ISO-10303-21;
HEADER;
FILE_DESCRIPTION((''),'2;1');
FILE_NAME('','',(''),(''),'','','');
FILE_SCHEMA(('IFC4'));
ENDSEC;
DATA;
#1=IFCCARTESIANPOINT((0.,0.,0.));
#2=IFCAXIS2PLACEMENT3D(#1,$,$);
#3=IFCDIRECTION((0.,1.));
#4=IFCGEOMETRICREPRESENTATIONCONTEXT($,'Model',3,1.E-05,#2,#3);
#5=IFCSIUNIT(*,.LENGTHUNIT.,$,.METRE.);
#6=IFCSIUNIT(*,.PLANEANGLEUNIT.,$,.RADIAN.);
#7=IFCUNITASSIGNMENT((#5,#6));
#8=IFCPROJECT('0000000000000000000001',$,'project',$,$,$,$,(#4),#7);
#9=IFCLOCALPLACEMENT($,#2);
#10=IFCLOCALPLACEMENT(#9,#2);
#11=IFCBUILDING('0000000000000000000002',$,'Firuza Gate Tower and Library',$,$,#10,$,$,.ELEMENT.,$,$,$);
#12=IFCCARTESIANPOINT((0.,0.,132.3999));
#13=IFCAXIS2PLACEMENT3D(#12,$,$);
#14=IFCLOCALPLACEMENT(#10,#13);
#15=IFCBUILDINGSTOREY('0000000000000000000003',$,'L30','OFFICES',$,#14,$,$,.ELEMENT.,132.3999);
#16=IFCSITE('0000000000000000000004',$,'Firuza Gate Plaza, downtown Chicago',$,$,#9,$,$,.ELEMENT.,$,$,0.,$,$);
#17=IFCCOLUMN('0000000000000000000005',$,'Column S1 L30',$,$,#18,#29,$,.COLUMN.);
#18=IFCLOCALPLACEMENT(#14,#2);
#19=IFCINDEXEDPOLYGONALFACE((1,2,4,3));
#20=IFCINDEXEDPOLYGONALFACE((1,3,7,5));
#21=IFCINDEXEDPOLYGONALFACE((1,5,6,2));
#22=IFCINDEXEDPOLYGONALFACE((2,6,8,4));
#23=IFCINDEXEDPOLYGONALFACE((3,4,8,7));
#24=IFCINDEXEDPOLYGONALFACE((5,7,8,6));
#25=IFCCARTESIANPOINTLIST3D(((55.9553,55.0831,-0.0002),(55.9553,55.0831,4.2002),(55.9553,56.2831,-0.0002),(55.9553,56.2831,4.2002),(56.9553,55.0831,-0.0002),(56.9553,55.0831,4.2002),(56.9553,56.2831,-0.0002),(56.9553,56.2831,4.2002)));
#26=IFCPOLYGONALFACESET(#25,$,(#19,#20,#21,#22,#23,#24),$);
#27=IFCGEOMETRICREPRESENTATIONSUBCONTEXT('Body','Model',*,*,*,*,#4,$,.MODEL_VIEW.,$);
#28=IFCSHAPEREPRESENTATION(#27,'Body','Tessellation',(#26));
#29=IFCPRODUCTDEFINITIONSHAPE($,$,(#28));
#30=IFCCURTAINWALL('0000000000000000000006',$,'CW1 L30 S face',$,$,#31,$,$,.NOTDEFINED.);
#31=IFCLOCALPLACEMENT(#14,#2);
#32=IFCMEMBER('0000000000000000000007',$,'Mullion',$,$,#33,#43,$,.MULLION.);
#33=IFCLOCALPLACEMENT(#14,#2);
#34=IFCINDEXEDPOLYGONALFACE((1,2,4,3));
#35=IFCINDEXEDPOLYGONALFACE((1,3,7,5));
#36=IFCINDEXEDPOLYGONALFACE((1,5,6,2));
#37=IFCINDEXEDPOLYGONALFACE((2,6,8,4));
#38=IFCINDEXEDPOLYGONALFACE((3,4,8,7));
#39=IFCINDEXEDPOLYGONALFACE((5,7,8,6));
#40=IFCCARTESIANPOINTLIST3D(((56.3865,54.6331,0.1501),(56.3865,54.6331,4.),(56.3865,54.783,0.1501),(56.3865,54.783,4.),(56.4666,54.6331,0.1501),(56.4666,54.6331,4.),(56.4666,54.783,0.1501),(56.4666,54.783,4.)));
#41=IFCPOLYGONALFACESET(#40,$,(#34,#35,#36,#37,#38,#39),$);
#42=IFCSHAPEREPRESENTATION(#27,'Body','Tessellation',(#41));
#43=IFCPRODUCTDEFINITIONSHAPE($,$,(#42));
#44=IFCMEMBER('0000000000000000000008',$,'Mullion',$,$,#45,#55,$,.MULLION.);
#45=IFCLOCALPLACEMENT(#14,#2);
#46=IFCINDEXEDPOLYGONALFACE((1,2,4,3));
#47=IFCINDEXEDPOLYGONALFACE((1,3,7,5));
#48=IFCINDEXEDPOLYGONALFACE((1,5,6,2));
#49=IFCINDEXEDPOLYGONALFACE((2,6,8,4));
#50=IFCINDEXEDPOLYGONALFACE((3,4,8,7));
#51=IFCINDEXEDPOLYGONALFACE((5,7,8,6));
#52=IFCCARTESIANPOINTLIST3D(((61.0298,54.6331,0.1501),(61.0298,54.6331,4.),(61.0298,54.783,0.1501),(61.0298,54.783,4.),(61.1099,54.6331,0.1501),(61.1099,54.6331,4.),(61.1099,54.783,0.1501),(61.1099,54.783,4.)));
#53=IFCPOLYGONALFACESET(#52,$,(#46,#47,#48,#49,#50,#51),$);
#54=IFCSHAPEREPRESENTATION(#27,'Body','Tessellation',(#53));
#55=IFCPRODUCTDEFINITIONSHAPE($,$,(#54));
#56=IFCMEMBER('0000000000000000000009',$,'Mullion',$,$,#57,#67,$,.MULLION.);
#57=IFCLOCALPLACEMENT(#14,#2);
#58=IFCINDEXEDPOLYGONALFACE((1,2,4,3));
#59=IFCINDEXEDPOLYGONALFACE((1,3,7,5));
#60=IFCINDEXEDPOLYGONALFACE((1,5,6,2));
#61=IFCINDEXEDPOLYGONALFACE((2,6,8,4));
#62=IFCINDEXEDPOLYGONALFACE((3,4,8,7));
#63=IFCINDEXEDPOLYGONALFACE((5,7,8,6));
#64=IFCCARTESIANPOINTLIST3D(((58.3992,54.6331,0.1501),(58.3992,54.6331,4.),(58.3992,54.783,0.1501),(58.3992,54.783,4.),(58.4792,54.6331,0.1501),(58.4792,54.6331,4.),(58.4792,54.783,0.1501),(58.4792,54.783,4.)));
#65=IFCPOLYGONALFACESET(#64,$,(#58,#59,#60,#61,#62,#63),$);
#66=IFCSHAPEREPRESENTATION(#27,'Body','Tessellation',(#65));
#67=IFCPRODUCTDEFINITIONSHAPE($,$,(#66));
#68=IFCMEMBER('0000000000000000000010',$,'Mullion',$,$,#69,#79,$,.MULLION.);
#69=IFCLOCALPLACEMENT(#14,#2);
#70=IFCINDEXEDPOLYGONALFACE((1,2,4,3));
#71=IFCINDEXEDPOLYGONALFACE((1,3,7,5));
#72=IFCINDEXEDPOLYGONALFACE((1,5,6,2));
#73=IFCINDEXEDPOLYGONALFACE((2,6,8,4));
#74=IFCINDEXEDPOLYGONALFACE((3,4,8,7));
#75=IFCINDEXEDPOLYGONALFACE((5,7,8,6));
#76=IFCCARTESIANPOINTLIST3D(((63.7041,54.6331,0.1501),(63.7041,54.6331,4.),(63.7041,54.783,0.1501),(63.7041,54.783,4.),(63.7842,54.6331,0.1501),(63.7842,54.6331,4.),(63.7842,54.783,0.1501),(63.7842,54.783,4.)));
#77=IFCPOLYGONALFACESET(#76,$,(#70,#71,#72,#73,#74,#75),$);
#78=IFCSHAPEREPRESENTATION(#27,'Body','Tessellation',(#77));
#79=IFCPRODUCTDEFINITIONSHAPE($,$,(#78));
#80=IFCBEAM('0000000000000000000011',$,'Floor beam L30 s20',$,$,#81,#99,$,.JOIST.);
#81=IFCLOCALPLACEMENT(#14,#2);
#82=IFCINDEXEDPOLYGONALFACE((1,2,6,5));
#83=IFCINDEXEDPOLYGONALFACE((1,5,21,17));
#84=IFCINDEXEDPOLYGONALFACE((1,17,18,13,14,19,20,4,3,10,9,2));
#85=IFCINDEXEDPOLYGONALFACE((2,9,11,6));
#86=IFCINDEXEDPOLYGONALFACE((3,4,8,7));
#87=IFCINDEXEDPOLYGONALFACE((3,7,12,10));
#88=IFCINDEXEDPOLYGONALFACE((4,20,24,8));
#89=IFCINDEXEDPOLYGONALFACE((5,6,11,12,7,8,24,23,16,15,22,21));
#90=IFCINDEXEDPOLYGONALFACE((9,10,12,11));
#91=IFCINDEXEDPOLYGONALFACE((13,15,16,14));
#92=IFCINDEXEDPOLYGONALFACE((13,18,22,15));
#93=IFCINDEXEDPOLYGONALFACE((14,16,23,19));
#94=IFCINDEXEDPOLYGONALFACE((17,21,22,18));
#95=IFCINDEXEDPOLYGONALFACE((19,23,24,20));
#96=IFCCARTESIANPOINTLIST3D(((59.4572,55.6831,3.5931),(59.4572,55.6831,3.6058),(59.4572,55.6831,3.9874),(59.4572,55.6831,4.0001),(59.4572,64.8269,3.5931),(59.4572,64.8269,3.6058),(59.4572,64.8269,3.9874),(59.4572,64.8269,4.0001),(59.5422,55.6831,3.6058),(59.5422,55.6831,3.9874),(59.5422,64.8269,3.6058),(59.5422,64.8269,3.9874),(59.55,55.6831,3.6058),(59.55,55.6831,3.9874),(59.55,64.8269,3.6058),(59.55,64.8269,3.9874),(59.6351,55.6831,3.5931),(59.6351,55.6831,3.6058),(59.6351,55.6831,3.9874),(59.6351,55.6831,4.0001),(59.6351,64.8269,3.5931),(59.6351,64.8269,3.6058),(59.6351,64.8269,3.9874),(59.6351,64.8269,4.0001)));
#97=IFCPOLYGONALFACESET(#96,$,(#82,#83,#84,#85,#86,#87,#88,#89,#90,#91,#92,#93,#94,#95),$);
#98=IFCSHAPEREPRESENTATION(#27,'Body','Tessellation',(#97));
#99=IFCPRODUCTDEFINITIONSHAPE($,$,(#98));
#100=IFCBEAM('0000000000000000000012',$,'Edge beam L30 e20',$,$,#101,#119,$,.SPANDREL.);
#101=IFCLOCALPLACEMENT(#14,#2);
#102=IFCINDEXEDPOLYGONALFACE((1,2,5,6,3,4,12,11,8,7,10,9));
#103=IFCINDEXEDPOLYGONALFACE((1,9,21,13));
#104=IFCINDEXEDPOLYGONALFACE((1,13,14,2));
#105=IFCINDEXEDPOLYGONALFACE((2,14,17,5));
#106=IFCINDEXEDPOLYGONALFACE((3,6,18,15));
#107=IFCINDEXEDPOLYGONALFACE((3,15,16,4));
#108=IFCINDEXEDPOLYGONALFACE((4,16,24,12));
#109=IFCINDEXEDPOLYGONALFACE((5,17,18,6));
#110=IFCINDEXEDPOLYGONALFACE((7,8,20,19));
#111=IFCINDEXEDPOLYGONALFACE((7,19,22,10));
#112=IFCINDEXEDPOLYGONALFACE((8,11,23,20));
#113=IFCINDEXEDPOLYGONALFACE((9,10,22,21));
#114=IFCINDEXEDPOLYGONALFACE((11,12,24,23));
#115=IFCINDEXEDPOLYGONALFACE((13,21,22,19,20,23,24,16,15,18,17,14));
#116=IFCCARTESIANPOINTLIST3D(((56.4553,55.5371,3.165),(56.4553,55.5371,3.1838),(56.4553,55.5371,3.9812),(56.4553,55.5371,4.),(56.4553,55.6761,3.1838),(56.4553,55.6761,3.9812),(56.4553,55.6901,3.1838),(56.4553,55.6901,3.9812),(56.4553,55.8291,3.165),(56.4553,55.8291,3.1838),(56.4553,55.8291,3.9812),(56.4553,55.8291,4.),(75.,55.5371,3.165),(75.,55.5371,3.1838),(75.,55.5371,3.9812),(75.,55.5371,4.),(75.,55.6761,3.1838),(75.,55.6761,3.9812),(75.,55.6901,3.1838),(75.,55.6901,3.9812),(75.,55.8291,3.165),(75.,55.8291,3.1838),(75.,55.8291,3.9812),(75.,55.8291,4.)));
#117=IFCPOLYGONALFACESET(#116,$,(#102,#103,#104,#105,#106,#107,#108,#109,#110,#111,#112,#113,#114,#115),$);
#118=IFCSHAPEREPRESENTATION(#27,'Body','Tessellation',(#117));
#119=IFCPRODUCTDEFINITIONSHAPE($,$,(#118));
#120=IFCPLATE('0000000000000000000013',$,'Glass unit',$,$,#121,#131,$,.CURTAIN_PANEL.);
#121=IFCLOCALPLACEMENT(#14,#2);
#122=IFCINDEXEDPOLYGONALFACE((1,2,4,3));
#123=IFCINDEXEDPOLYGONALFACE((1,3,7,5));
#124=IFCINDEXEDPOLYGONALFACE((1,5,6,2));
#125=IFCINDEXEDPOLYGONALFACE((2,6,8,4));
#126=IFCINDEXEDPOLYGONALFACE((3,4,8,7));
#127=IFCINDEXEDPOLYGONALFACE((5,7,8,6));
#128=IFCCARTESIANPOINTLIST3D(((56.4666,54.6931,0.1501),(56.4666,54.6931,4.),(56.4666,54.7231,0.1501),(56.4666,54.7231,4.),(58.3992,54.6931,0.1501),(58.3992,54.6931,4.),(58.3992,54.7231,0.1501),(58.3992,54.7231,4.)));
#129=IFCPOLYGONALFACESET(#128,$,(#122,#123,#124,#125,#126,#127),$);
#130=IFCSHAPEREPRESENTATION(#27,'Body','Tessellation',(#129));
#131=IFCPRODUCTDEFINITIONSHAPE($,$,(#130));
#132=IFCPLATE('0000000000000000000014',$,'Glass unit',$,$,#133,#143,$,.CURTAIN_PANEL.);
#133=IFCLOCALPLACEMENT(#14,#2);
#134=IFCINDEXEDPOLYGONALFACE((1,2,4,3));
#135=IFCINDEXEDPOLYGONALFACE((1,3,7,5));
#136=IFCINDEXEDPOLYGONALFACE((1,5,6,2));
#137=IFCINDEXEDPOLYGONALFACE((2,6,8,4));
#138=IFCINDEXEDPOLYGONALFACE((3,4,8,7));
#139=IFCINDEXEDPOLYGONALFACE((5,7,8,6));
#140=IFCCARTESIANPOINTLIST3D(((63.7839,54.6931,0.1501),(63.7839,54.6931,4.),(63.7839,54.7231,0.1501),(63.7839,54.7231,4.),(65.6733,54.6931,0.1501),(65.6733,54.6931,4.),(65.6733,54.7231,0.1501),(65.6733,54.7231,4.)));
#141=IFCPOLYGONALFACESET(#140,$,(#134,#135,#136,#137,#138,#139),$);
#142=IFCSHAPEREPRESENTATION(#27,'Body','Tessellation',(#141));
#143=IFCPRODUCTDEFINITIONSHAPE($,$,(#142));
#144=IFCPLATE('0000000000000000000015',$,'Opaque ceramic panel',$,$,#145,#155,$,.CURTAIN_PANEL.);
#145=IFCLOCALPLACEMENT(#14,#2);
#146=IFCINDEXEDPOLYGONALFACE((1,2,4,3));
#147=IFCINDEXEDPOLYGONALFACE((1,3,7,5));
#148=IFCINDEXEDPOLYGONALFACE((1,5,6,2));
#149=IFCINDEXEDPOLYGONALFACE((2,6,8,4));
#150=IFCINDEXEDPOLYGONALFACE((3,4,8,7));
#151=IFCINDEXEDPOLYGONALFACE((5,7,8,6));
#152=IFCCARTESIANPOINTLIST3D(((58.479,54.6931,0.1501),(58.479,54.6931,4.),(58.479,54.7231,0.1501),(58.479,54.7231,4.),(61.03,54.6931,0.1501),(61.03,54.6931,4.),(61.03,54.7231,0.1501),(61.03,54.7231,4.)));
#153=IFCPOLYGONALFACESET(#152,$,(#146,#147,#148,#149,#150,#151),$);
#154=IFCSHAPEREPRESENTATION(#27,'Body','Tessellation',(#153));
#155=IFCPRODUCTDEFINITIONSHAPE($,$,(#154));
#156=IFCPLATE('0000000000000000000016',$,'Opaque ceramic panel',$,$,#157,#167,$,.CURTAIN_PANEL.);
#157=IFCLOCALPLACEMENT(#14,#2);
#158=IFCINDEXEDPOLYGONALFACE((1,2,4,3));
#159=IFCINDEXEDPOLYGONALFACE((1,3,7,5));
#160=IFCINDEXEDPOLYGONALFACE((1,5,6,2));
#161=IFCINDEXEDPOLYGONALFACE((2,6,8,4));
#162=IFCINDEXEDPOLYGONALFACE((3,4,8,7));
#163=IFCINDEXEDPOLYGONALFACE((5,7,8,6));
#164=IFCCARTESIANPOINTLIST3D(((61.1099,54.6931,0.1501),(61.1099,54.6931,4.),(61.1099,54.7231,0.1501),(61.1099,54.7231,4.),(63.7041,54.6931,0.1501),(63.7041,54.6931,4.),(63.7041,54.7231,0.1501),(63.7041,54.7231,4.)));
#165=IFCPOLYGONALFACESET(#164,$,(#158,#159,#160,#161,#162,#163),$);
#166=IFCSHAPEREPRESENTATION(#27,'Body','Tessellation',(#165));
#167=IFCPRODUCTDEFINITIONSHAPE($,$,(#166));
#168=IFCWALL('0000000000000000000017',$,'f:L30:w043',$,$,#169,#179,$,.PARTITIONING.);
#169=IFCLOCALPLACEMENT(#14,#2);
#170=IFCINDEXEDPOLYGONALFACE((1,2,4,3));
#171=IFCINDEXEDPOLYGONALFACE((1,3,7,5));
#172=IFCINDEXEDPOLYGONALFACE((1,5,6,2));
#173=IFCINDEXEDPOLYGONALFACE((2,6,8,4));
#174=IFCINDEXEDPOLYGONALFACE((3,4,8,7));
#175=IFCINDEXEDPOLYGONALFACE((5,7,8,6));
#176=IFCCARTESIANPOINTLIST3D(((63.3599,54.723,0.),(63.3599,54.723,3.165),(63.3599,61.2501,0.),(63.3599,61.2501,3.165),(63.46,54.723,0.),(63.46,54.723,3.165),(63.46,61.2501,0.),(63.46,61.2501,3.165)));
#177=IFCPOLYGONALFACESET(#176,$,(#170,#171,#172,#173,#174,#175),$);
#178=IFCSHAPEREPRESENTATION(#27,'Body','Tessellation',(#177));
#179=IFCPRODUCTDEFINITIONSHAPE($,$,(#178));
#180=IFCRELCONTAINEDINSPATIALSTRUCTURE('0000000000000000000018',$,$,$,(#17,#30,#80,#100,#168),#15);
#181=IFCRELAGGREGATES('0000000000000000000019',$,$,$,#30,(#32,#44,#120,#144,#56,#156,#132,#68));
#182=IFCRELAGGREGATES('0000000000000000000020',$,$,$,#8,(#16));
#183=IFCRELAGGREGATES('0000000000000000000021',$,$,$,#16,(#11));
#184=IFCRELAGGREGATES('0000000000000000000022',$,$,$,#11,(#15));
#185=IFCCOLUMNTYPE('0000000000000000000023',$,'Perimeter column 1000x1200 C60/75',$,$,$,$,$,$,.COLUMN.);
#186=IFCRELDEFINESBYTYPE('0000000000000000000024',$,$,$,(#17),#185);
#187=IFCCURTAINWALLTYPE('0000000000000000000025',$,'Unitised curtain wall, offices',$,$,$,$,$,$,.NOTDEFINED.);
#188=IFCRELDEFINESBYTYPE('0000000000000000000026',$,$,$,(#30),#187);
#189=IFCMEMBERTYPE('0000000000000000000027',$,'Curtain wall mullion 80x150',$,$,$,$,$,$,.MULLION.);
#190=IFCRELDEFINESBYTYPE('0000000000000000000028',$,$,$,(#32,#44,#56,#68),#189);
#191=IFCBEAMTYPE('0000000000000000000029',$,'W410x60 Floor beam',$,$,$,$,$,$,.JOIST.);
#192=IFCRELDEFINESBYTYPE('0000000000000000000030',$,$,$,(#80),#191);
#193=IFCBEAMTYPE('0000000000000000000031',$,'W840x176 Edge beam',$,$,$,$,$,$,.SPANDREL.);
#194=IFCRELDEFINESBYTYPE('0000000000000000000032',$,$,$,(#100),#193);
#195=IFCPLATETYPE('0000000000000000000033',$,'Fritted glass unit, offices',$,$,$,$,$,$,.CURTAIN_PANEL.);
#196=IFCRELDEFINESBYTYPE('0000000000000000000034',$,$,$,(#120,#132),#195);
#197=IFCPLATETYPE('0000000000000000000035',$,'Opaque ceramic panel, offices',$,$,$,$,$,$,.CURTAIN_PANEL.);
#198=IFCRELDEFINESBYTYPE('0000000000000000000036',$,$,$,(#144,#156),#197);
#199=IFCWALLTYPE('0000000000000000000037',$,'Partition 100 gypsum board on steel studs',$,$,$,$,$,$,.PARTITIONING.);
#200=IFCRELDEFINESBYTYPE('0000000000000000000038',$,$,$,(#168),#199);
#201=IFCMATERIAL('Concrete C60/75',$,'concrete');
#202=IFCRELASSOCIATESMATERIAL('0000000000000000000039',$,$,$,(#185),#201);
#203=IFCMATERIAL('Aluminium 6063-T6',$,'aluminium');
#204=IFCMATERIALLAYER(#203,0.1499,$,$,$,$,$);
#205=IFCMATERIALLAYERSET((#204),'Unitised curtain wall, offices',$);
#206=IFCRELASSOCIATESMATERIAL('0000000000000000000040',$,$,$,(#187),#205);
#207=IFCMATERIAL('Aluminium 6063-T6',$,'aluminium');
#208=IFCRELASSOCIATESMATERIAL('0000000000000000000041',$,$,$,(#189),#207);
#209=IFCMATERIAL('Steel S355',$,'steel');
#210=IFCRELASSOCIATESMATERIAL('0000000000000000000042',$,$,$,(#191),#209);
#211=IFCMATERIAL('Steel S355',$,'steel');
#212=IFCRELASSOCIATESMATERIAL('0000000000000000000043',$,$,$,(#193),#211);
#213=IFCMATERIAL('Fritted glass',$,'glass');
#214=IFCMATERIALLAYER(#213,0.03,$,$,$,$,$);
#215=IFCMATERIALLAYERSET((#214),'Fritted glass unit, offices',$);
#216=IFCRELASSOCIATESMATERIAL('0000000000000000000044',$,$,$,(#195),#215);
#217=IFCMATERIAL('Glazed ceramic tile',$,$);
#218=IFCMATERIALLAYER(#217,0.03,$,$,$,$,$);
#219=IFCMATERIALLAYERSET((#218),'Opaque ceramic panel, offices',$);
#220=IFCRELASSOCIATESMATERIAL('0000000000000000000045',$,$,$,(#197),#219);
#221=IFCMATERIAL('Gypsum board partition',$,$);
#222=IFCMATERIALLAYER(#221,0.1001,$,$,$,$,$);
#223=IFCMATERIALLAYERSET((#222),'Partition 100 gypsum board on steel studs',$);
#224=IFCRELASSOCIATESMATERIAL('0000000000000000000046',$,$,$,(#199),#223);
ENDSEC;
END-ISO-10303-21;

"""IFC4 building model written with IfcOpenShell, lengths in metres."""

from ifc_helpers import new_model, si_unit, direction, frame, frame_2d, origin, origin_2d, place, context, subcontext, project, spatial, polyline, rectangle, i_section, outline, extrude, material, layer, layer_set, material_profile, profile_set, type_object, element, aggregate, save


model = new_model("IFC4")

# Units and contexts
model_context = context("Model", 3, precision=1e-05, world=origin(), true_north=direction((0.0, 1.0)))
body_context = subcontext(model_context, "Body", "Model", "MODEL_VIEW")
ifc_project = project(units=[si_unit("LENGTHUNIT", "METRE"), si_unit("PLANEANGLEUNIT", "RADIAN")], contexts=[model_context])

# Site, building, storey
site_placement = place(None, origin())
site = spatial("IfcSite", under=ifc_project, at=site_placement, Name="Firuza Gate Plaza, downtown Chicago", CompositionType="ELEMENT", RefElevation=0.0)
building_placement = place(site_placement, origin())
building = spatial("IfcBuilding", under=site, at=building_placement, Name="Firuza Gate Tower and Library", CompositionType="ELEMENT")
storey_placement = place(building_placement, frame((0.0, 0.0, 132.3999)))
storey = spatial("IfcBuildingStorey", under=building, at=storey_placement, Name="L30", Description="OFFICES", CompositionType="ELEMENT", Elevation=132.3999)

# Column
ifc_material_1 = material(Name="Concrete C60/75", Category="concrete")
ifc_material_profile_1 = material_profile(ifc_material_1, rectangle(XDim=1.0, YDim=1.2, at=origin_2d()))
ifc_profile_set_1 = profile_set([ifc_material_profile_1], Name="Concrete C60/75")
column_type = type_object("IfcColumnType", Name="Perimeter column 1000x1200 C60/75", PredefinedType="COLUMN", material=ifc_profile_set_1)
column_placement = place(storey_placement, frame((56.4553, 55.6831, -0.0002), z_axis=(0.0, 0.0, 1.0), x_axis=(1.0, 0.0, 0.0)))
element("IfcColumn", 1, at=column_placement, inside=storey, type_object=column_type, Name="Column S1 L30", PredefinedType="COLUMN", context=body_context, shape_type="SweptSolid", body=[
    extrude(rectangle(XDim=1.0, YDim=1.2, at=origin_2d()), origin(), (0.0, 0.0, 1.0), 4.2004),
])

# Curtain wall, members
ifc_material_2 = material(Name="Aluminium 6063-T6", Category="aluminium")
ifc_layer_1 = layer(ifc_material_2, 0.1499)
ifc_layer_set_1 = layer_set([ifc_layer_1], Name="Unitised curtain wall, offices")
curtain_wall_type = type_object("IfcCurtainWallType", Name="Unitised curtain wall, offices", PredefinedType="NOTDEFINED", material=ifc_layer_set_1)
curtain_wall_placement = place(storey_placement, origin())
curtain_wall = element("IfcCurtainWall", 2, at=curtain_wall_placement, inside=storey, type_object=curtain_wall_type, Name="CW1 L30 S face", PredefinedType="NOTDEFINED")
ifc_material_3 = material(Name="Aluminium 6063-T6", Category="aluminium")
ifc_material_profile_2 = material_profile(ifc_material_3, rectangle(XDim=0.1499, YDim=0.0801, at=origin_2d()))
ifc_profile_set_2 = profile_set([ifc_material_profile_2], Name="Aluminium 6063-T6")
member_type = type_object("IfcMemberType", Name="Curtain wall mullion 80x150", PredefinedType="MULLION", material=ifc_profile_set_2)
member_1_placement = place(storey_placement, frame((56.4265, 54.708, 0.1501), z_axis=(0.0, 0.0, 1.0), x_axis=(0.0, 1.0, 0.0)))
member_1 = element("IfcMember", 3, at=member_1_placement, type_object=member_type, Name="Mullion", PredefinedType="MULLION", context=body_context, shape_type="SweptSolid", body=[
    extrude(rectangle(XDim=0.1499, YDim=0.0801, at=origin_2d()), origin(), (0.0, 0.0, 1.0), 3.8499),
])
member_2_placement = place(storey_placement, frame((61.0698, 54.708, 0.1501), z_axis=(0.0, 0.0, 1.0), x_axis=(0.0, 1.0, 0.0)))
member_2 = element("IfcMember", 4, at=member_2_placement, type_object=member_type, Name="Mullion", PredefinedType="MULLION", context=body_context, shape_type="SweptSolid", body=[
    extrude(rectangle(XDim=0.1499, YDim=0.0801, at=origin_2d()), origin(), (0.0, 0.0, 1.0), 3.8499),
])
member_3_placement = place(storey_placement, frame((58.4392, 54.708, 0.1501), z_axis=(0.0, 0.0, 1.0), x_axis=(0.0, 1.0, 0.0)))
member_3 = element("IfcMember", 5, at=member_3_placement, type_object=member_type, Name="Mullion", PredefinedType="MULLION", context=body_context, shape_type="SweptSolid", body=[
    extrude(rectangle(XDim=0.1499, YDim=0.0801, at=origin_2d()), origin(), (0.0, 0.0, 1.0), 3.8499),
])
member_4_placement = place(storey_placement, frame((63.7441, 54.708, 0.1501), z_axis=(0.0, 0.0, 1.0), x_axis=(0.0, 1.0, 0.0)))
member_4 = element("IfcMember", 6, at=member_4_placement, type_object=member_type, Name="Mullion", PredefinedType="MULLION", context=body_context, shape_type="SweptSolid", body=[
    extrude(rectangle(XDim=0.1499, YDim=0.0801, at=origin_2d()), origin(), (0.0, 0.0, 1.0), 3.8499),
])

# Beams
ifc_material_4 = material(Name="Steel S355", Category="steel")
ifc_material_profile_3 = material_profile(ifc_material_4, i_section(OverallWidth=0.178, OverallDepth=0.407, WebThickness=0.0078, FlangeThickness=0.0127, at=origin_2d()))
ifc_profile_set_3 = profile_set([ifc_material_profile_3], Name="Steel S355")
beam_type_1 = type_object("IfcBeamType", Name="W410x60 Floor beam", PredefinedType="JOIST", material=ifc_profile_set_3)
beam_1_placement = place(storey_placement, frame((59.5461, 55.6831, 3.7966), z_axis=(0.0, 1.0, 0.0), x_axis=(-1.0, 0.0, 0.0)))
element("IfcBeam", 7, at=beam_1_placement, inside=storey, type_object=beam_type_1, Name="Floor beam L30 s20", PredefinedType="JOIST", context=body_context, shape_type="SweptSolid", body=[
    extrude(i_section(OverallWidth=0.178, OverallDepth=0.407, WebThickness=0.0078, FlangeThickness=0.0127, at=origin_2d()), origin(), (0.0, 0.0, 1.0), 9.1438),
])
ifc_material_5 = material(Name="Steel S355", Category="steel")
ifc_material_profile_4 = material_profile(ifc_material_5, i_section(OverallWidth=0.292, OverallDepth=0.835, WebThickness=0.0139, FlangeThickness=0.0188, at=origin_2d()))
ifc_profile_set_4 = profile_set([ifc_material_profile_4], Name="Steel S355")
beam_type_2 = type_object("IfcBeamType", Name="W840x176 Edge beam", PredefinedType="SPANDREL", material=ifc_profile_set_4)
beam_2_placement = place(storey_placement, frame((56.4553, 55.6831, 3.5825), z_axis=(1.0, 0.0, 0.0), x_axis=(0.0, 1.0, 0.0)))
element("IfcBeam", 8, at=beam_2_placement, inside=storey, type_object=beam_type_2, Name="Edge beam L30 e20", PredefinedType="SPANDREL", context=body_context, shape_type="SweptSolid", body=[
    extrude(i_section(OverallWidth=0.292, OverallDepth=0.835, WebThickness=0.0139, FlangeThickness=0.0188, at=origin_2d()), origin(), (0.0, 0.0, 1.0), 18.5447),
])

# Plates
ifc_material_6 = material(Name="Fritted glass", Category="glass")
ifc_layer_2 = layer(ifc_material_6, 0.03)
ifc_layer_set_2 = layer_set([ifc_layer_2], Name="Fritted glass unit, offices")
plate_type_1 = type_object("IfcPlateType", Name="Fritted glass unit, offices", PredefinedType="CURTAIN_PANEL", material=ifc_layer_set_2)
plate_1_placement = place(storey_placement, frame((56.4666, 54.6931, 0.1501), z_axis=(0.0, -1.0, 0.0), x_axis=(1.0, 0.0, 0.0)))
plate_1 = element("IfcPlate", 9, at=plate_1_placement, type_object=plate_type_1, Name="Glass unit", PredefinedType="CURTAIN_PANEL", context=body_context, shape_type="SweptSolid", body=[
    extrude(outline(polyline([(0.0, 0.0), (1.9326, 0.0), (1.9326, 3.8499), (0.0, 3.8499), (0.0, 0.0)])), origin(), (0.0, 0.0, -1.0), 0.03),
])
plate_2_placement = place(storey_placement, frame((63.7839, 54.6931, 0.1501), z_axis=(0.0, -1.0, 0.0), x_axis=(1.0, 0.0, 0.0)))
plate_2 = element("IfcPlate", 10, at=plate_2_placement, type_object=plate_type_1, Name="Glass unit", PredefinedType="CURTAIN_PANEL", context=body_context, shape_type="SweptSolid", body=[
    extrude(outline(polyline([(0.0, 0.0), (1.8894, 0.0), (1.8894, 3.8499), (0.0, 3.8499), (0.0, 0.0)])), origin(), (0.0, 0.0, -1.0), 0.03),
])
ifc_material_7 = material(Name="Glazed ceramic tile")
ifc_layer_3 = layer(ifc_material_7, 0.03)
ifc_layer_set_3 = layer_set([ifc_layer_3], Name="Opaque ceramic panel, offices")
plate_type_2 = type_object("IfcPlateType", Name="Opaque ceramic panel, offices", PredefinedType="CURTAIN_PANEL", material=ifc_layer_set_3)
plate_3_placement = place(storey_placement, frame((58.479, 54.6931, 0.1501), z_axis=(0.0, -1.0, 0.0), x_axis=(1.0, 0.0, 0.0)))
plate_3 = element("IfcPlate", 11, at=plate_3_placement, type_object=plate_type_2, Name="Opaque ceramic panel", PredefinedType="CURTAIN_PANEL", context=body_context, shape_type="SweptSolid", body=[
    extrude(outline(polyline([(0.0, 0.0), (2.551, 0.0), (2.551, 3.8499), (0.0, 3.8499), (0.0, 0.0)])), origin(), (0.0, 0.0, -1.0), 0.03),
])
plate_4_placement = place(storey_placement, frame((61.1099, 54.6931, 0.1501), z_axis=(0.0, -1.0, 0.0), x_axis=(1.0, 0.0, 0.0)))
plate_4 = element("IfcPlate", 12, at=plate_4_placement, type_object=plate_type_2, Name="Opaque ceramic panel", PredefinedType="CURTAIN_PANEL", context=body_context, shape_type="SweptSolid", body=[
    extrude(outline(polyline([(0.0, 0.0), (2.5942, 0.0), (2.5942, 3.8499), (0.0, 3.8499), (0.0, 0.0)])), origin(), (0.0, 0.0, -1.0), 0.03),
])
aggregate(curtain_wall, [member_1, member_2, plate_1, plate_3, member_3, plate_4, plate_2, member_4])

# Wall
ifc_material_8 = material(Name="Gypsum board partition")
ifc_layer_4 = layer(ifc_material_8, 0.1001)
ifc_layer_set_4 = layer_set([ifc_layer_4], Name="Partition 100 gypsum board on steel studs")
wall_type = type_object("IfcWallType", Name="Partition 100 gypsum board on steel studs", PredefinedType="PARTITIONING", material=ifc_layer_set_4)
wall_placement = place(storey_placement, frame((63.4099, 54.7229, 0.0), z_axis=(0.0, 0.0, 1.0), x_axis=(0.0, 1.0, 0.0)))
element("IfcWall", 13, at=wall_placement, inside=storey, type_object=wall_type, Name="f:L30:w043", PredefinedType="PARTITIONING", context=body_context, shape_type="SweptSolid", body=[
    extrude(rectangle(XDim=6.5271, YDim=0.1001, at=frame_2d((3.2637, 0.0))), origin(), (0.0, 0.0, 1.0), 3.165),
])

save(model, "model.ifc")
